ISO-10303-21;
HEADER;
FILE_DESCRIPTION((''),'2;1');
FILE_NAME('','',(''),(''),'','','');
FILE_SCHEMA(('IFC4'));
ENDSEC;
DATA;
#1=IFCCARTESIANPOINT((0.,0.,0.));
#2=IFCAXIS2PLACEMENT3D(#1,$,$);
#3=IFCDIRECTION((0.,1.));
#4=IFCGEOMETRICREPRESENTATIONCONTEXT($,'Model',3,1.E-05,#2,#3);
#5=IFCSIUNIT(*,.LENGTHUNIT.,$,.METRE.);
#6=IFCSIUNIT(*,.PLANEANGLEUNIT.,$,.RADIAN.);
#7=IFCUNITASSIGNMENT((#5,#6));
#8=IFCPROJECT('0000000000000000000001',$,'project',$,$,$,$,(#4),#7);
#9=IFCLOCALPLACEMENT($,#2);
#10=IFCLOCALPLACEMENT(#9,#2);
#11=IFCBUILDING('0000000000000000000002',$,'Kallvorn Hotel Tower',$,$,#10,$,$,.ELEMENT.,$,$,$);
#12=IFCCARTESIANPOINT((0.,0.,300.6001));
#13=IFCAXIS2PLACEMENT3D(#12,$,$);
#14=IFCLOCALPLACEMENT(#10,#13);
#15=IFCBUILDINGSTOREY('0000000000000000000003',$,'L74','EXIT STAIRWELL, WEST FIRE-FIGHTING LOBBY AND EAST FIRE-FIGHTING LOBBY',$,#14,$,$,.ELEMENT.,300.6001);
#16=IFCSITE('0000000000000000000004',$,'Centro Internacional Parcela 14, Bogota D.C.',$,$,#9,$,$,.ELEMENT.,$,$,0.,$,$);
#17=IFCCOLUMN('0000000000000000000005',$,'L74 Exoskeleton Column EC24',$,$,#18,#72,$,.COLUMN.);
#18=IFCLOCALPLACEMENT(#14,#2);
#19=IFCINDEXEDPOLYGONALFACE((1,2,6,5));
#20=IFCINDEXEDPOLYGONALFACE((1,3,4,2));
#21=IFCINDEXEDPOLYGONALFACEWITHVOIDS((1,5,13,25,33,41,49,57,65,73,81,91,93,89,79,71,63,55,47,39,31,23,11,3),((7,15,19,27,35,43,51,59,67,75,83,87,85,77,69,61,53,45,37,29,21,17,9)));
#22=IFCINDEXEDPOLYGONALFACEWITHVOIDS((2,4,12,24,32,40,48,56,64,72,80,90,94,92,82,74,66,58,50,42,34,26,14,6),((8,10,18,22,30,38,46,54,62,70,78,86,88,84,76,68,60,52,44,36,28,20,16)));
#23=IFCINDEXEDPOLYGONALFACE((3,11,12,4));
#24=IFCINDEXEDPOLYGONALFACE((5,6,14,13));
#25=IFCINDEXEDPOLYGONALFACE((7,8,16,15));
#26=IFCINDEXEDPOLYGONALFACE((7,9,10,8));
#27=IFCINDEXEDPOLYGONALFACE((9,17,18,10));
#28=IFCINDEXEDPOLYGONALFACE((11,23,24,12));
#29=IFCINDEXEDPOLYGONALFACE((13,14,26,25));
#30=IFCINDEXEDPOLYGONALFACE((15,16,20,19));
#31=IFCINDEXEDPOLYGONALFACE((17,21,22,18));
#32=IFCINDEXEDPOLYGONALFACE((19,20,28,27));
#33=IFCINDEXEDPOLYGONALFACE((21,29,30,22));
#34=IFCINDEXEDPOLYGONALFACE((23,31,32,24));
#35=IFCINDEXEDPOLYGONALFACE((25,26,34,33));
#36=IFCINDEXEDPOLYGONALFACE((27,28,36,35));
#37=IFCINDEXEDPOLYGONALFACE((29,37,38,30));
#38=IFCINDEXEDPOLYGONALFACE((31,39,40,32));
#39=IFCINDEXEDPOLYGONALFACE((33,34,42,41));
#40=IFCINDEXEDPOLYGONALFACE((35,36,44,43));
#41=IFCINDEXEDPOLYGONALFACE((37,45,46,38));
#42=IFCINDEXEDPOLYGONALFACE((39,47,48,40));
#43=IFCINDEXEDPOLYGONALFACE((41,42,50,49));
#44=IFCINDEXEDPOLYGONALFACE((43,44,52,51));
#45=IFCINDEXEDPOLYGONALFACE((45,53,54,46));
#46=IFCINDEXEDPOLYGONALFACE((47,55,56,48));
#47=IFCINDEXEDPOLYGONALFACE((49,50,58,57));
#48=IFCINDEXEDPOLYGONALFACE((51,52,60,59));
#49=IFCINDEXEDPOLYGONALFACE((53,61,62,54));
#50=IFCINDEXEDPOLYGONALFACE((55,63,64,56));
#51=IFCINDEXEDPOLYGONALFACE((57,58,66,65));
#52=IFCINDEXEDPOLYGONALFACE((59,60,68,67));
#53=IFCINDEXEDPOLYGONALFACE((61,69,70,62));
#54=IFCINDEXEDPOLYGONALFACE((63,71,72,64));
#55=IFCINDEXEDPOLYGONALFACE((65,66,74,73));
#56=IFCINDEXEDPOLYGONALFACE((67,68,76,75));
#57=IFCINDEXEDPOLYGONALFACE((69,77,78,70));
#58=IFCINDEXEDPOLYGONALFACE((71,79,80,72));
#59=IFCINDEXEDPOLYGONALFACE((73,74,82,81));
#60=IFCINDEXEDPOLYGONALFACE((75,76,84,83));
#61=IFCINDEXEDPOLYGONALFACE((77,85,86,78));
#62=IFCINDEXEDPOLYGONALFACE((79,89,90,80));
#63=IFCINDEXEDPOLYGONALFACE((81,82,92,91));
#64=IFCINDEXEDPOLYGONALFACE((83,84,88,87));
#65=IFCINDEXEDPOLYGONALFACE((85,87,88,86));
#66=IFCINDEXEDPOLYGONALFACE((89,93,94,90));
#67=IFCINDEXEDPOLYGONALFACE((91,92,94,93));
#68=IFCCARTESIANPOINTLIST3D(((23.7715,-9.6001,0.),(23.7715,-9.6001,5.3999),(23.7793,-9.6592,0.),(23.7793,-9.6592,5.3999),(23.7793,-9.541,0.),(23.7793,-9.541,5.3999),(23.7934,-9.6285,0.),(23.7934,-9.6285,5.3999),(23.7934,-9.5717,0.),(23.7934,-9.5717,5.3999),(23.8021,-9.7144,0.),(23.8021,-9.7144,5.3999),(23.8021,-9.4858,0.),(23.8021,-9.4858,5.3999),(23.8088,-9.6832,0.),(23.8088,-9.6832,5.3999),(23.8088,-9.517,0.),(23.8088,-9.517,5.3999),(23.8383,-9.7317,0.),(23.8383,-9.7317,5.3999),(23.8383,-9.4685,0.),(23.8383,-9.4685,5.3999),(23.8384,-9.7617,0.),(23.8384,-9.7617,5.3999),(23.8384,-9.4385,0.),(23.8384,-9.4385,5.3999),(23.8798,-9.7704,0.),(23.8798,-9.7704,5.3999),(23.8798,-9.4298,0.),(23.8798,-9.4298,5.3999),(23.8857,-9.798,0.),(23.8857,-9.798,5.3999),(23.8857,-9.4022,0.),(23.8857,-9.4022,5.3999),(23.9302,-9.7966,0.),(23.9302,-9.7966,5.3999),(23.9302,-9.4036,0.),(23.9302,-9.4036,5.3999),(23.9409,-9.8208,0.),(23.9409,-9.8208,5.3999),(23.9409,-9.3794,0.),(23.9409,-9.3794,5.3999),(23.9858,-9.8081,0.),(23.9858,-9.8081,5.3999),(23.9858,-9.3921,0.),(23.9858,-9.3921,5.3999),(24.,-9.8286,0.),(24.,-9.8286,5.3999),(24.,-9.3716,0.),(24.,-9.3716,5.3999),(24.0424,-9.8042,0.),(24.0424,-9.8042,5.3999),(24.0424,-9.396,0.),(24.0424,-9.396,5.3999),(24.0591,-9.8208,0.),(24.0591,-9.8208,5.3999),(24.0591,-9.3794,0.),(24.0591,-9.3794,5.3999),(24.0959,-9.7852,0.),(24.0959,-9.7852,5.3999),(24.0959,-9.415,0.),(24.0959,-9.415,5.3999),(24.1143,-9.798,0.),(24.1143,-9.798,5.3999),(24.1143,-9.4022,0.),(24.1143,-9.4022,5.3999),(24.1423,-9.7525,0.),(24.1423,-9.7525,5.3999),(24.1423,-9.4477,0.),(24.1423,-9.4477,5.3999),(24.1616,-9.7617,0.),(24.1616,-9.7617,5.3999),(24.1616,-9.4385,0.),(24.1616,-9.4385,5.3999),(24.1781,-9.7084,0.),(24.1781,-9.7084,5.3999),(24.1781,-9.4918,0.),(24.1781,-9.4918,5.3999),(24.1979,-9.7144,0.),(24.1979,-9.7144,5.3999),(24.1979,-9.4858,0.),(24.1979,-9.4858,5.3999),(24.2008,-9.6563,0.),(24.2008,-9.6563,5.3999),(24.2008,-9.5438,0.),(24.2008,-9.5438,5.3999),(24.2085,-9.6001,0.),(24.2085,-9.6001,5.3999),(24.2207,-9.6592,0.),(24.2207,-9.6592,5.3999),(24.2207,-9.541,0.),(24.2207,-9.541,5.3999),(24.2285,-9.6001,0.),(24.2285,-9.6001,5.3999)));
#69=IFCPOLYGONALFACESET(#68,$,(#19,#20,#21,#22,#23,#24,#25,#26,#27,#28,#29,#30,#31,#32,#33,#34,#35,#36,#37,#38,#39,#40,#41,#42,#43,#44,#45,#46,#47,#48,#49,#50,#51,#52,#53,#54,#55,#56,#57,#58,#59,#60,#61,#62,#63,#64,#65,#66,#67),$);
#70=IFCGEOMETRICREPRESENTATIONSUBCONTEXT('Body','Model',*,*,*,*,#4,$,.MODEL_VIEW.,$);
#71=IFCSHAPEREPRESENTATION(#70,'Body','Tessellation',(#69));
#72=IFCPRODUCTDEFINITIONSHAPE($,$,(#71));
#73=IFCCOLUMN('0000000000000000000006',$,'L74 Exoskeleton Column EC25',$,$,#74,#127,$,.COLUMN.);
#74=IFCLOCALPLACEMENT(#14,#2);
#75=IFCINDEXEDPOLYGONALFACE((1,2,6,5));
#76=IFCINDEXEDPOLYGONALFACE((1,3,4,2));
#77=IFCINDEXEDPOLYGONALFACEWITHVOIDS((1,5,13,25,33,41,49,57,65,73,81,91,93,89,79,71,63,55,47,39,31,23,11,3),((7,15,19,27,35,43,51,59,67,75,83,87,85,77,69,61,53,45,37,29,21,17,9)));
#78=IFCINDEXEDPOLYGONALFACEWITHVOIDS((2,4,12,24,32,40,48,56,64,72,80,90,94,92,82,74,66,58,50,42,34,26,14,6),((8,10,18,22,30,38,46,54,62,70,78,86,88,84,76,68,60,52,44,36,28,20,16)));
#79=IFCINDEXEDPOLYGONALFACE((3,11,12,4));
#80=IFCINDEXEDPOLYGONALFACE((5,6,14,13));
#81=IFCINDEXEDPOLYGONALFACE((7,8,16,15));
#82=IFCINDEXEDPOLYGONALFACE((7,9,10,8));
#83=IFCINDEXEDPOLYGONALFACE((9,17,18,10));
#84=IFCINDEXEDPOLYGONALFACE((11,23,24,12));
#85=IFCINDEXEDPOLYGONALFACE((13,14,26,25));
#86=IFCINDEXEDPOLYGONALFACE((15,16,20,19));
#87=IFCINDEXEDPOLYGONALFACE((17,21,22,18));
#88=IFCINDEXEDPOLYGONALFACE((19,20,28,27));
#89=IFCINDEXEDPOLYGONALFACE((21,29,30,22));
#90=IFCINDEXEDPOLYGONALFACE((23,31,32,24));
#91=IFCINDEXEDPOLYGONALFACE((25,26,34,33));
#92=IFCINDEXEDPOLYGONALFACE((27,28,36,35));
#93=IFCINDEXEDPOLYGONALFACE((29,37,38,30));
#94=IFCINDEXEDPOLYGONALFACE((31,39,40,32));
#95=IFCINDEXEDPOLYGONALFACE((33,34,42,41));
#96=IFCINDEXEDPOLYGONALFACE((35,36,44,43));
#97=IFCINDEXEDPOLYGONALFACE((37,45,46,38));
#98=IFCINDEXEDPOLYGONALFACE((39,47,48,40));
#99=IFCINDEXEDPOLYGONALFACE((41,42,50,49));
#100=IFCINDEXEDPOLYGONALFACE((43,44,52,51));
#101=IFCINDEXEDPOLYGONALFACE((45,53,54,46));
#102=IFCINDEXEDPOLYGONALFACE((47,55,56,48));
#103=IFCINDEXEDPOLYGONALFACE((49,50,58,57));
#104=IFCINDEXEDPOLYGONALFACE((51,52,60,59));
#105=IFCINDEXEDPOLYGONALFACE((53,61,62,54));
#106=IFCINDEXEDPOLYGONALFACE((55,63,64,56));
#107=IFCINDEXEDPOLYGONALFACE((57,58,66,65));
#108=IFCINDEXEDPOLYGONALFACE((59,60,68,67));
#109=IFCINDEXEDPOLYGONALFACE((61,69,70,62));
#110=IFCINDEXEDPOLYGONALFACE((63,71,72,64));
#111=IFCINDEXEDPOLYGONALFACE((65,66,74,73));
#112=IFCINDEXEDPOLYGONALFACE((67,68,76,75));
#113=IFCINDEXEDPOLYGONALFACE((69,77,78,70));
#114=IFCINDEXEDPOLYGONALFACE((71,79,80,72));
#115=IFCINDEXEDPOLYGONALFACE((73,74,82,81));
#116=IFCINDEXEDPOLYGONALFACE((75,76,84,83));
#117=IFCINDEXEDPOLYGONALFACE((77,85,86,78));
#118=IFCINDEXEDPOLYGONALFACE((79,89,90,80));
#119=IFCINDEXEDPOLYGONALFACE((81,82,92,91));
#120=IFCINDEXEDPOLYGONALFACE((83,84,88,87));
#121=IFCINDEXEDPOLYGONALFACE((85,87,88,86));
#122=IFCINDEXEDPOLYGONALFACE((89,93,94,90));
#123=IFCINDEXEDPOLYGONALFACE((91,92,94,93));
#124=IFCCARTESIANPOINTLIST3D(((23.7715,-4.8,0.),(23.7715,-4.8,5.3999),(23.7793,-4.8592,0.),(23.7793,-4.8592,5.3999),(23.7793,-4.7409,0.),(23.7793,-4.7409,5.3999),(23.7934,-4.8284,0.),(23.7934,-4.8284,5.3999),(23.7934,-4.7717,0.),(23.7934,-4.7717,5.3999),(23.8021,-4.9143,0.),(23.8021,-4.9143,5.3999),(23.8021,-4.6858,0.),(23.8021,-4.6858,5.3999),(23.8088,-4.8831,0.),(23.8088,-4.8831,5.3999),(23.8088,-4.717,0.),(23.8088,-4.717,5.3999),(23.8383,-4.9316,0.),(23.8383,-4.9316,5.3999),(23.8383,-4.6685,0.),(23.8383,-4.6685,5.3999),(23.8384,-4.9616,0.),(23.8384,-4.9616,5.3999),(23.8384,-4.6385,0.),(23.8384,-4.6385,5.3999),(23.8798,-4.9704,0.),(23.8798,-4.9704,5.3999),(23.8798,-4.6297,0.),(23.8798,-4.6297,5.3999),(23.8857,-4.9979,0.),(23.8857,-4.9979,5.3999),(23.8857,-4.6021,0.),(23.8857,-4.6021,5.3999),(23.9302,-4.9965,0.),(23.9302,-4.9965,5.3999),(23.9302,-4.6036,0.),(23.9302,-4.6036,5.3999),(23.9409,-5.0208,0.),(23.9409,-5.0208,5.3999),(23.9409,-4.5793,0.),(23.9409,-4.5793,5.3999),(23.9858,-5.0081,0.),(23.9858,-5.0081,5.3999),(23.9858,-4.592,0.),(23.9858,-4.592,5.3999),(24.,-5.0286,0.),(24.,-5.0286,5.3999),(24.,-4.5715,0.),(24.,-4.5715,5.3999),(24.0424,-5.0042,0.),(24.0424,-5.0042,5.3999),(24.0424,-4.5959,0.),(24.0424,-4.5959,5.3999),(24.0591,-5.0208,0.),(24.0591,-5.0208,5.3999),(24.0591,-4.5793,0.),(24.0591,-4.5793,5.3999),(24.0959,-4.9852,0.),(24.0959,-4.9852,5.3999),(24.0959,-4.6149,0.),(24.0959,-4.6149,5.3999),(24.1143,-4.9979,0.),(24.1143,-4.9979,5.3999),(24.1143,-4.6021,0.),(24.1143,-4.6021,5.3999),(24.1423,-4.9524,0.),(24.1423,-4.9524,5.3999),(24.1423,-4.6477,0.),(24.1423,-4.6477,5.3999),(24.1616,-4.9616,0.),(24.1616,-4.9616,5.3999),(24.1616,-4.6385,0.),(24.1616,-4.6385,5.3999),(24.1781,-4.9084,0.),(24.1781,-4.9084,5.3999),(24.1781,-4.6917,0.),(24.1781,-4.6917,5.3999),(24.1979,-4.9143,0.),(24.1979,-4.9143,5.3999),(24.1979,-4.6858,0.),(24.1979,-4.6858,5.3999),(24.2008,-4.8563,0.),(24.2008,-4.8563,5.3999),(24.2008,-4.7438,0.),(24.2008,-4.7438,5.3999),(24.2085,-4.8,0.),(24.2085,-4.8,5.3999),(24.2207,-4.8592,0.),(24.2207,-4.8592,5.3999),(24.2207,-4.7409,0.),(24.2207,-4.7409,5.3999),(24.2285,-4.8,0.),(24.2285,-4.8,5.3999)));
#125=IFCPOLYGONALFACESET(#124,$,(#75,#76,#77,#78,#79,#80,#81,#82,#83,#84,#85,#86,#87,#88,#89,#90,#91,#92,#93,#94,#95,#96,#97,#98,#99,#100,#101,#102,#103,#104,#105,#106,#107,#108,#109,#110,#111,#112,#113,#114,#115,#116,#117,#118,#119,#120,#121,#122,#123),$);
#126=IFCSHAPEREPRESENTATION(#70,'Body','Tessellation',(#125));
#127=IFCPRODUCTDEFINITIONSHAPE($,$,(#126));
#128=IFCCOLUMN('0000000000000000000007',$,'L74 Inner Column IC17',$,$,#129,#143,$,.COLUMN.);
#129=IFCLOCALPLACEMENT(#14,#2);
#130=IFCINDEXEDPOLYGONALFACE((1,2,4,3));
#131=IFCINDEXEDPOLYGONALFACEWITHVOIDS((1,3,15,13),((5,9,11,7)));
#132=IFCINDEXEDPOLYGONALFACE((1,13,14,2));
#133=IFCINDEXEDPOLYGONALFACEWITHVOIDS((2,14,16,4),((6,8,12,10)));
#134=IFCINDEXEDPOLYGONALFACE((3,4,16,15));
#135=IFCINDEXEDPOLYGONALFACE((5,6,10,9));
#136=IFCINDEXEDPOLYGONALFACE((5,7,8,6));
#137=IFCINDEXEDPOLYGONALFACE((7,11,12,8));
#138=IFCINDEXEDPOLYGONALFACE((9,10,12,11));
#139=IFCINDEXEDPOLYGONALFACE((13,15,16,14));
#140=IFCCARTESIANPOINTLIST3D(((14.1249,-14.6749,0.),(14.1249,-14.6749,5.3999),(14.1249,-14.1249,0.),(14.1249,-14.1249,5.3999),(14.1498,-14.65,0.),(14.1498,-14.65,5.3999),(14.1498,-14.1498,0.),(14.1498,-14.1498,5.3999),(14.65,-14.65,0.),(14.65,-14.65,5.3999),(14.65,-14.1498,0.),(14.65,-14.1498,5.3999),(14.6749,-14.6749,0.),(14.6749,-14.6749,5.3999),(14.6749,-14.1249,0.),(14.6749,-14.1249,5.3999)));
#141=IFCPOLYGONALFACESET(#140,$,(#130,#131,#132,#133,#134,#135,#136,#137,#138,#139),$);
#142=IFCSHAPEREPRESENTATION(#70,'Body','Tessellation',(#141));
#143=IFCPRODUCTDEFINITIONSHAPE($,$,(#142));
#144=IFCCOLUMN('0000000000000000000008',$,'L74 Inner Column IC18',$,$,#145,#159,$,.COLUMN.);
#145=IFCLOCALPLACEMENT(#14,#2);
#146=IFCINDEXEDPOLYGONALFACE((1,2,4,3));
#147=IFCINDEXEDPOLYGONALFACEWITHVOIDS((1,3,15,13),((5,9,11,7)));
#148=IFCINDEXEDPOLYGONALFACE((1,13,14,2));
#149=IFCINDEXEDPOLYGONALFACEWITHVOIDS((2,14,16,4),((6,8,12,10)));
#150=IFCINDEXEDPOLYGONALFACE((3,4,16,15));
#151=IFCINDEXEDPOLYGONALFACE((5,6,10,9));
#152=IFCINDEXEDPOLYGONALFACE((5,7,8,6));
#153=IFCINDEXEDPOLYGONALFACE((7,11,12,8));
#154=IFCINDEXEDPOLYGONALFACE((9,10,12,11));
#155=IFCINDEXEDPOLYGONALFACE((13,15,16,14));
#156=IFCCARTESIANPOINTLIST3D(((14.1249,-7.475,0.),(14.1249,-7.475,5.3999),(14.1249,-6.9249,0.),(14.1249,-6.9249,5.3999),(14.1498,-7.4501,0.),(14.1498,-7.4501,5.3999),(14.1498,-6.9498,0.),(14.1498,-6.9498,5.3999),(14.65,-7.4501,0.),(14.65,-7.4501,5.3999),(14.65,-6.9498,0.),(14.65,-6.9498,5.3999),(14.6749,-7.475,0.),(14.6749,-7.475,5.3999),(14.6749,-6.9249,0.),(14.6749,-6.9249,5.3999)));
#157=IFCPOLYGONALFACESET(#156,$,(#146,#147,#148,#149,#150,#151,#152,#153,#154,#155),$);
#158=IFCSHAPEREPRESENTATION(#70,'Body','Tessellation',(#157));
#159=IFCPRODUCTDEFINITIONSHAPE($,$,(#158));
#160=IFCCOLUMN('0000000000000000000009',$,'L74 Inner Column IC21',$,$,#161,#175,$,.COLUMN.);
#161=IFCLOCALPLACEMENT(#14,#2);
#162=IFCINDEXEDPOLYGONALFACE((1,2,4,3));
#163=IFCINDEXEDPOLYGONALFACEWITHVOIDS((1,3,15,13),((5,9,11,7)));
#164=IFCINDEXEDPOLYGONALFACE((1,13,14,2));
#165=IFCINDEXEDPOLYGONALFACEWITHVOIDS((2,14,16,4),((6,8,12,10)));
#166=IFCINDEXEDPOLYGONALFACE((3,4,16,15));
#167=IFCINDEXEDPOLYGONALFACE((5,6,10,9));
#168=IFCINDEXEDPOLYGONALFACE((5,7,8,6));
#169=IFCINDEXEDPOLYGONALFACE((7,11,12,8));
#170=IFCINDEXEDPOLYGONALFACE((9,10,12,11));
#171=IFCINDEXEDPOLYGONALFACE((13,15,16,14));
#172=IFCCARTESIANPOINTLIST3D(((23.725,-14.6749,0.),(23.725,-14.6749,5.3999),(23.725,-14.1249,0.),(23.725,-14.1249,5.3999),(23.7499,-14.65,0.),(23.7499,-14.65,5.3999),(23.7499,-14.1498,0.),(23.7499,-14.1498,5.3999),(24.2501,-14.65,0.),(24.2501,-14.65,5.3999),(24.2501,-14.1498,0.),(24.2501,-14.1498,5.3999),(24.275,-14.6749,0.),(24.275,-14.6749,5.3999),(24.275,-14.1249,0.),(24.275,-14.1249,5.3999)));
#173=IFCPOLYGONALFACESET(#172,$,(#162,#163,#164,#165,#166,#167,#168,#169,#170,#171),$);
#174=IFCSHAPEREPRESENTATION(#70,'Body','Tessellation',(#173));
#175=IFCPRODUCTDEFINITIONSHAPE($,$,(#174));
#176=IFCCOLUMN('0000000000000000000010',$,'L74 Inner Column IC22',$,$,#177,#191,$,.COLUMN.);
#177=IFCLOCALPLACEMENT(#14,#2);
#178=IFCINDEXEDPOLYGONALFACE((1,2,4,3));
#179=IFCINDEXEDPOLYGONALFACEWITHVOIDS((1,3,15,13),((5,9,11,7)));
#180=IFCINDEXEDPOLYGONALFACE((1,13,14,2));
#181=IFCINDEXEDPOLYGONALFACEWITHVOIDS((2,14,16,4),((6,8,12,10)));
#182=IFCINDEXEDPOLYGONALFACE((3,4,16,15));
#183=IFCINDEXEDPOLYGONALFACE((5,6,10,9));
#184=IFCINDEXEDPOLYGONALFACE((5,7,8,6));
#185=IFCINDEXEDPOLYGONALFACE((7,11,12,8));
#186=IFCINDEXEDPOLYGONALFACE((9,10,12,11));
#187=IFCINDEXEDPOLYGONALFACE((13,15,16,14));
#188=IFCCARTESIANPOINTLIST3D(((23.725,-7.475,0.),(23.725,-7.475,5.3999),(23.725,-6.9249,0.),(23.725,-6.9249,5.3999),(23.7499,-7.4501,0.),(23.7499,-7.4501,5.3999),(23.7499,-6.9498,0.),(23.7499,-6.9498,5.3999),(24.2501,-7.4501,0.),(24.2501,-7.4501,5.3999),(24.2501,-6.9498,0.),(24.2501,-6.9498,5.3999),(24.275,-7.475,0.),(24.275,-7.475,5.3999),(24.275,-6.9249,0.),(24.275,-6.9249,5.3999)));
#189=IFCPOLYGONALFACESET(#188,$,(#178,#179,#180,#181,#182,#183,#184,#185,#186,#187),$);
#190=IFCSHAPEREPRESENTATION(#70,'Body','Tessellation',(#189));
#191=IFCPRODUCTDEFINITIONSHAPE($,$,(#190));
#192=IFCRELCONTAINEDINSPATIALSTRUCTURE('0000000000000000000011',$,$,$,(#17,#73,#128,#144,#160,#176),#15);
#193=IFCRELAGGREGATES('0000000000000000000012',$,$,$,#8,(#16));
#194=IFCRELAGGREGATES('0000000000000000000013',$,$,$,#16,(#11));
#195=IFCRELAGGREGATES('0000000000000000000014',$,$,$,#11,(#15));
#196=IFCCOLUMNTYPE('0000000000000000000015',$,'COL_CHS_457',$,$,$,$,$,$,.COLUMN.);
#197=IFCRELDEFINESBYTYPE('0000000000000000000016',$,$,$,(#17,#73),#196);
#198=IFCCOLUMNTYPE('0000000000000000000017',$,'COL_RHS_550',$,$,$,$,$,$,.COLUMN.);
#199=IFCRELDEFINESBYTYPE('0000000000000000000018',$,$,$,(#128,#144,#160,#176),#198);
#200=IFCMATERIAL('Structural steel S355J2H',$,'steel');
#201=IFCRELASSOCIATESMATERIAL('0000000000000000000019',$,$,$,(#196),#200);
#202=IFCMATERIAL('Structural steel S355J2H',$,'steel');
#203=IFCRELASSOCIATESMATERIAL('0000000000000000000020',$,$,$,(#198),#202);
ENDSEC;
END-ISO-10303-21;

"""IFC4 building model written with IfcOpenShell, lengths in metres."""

from ifc_helpers import new_model, si_unit, direction, frame, origin, origin_2d, place, context, subcontext, project, spatial, hollow_rectangle, hollow_circle, extrude, material, material_profile, profile_set, type_object, element, save


model = new_model("IFC4")

# Units and contexts
model_context = context("Model", 3, precision=1e-05, world=origin(), true_north=direction((0.0, 1.0)))
body_context = subcontext(model_context, "Body", "Model", "MODEL_VIEW")
ifc_project = project(units=[si_unit("LENGTHUNIT", "METRE"), si_unit("PLANEANGLEUNIT", "RADIAN")], contexts=[model_context])

# Site, building, storey
site_placement = place(None, origin())
site = spatial("IfcSite", under=ifc_project, at=site_placement, Name="Centro Internacional Parcela 14, Bogota D.C.", CompositionType="ELEMENT", RefElevation=0.0)
building_placement = place(site_placement, origin())
building = spatial("IfcBuilding", under=site, at=building_placement, Name="Kallvorn Hotel Tower", CompositionType="ELEMENT")
storey_placement = place(building_placement, frame((0.0, 0.0, 300.6001)))
storey = spatial("IfcBuildingStorey", under=building, at=storey_placement, Name="L74", Description="EXIT STAIRWELL, WEST FIRE-FIGHTING LOBBY AND EAST FIRE-FIGHTING LOBBY", CompositionType="ELEMENT", Elevation=300.6001)

# Columns
ifc_material_1 = material(Name="Structural steel S355J2H", Category="steel")
ifc_material_profile_1 = material_profile(ifc_material_1, hollow_circle(Radius=0.2285, WallThickness=0.02, at=origin_2d()), Name="CHS 457x20")
ifc_profile_set_1 = profile_set([ifc_material_profile_1], Name="Structural steel S355J2H")
column_type_1 = type_object("IfcColumnType", Name="COL_CHS_457", PredefinedType="COLUMN", material=ifc_profile_set_1)
for number, where, z_axis, x_axis, name in (
    (1, (24.0, -9.6001, 0.0), (0.0, 0.0, 1.0), (1.0, 0.0, 0.0), "L74 Exoskeleton Column EC24"),
    (2, (24.0, -4.8, 0.0), (0.0, 0.0, 1.0), (1.0, 0.0, 0.0), "L74 Exoskeleton Column EC25"),
):
    element("IfcColumn", number, at=place(storey_placement, frame(where, z_axis=z_axis, x_axis=x_axis)), inside=storey, type_object=column_type_1, Name=name, PredefinedType="COLUMN", context=body_context, shape_type="SweptSolid", body=[
        extrude(hollow_circle(Radius=0.2285, WallThickness=0.02, at=origin_2d()), origin(), (0.0, 0.0, 1.0), 5.3999),
    ])
ifc_material_2 = material(Name="Structural steel S355J2H", Category="steel")
ifc_material_profile_2 = material_profile(ifc_material_2, hollow_rectangle(XDim=0.55, YDim=0.55, WallThickness=0.0249, at=origin_2d()), Name="RHS 550x550x25")
ifc_profile_set_2 = profile_set([ifc_material_profile_2], Name="Structural steel S355J2H")
column_type_2 = type_object("IfcColumnType", Name="COL_RHS_550", PredefinedType="COLUMN", material=ifc_profile_set_2)
for number, where, z_axis, x_axis, name in (
    (3, (14.3999, -14.3999, 0.0), (0.0, 0.0, 1.0), (1.0, 0.0, 0.0), "L74 Inner Column IC17"),
    (4, (14.3999, -7.2, 0.0), (0.0, 0.0, 1.0), (1.0, 0.0, 0.0), "L74 Inner Column IC18"),
    (5, (24.0, -14.3999, 0.0), (0.0, 0.0, 1.0), (1.0, 0.0, 0.0), "L74 Inner Column IC21"),
    (6, (24.0, -7.2, 0.0), (0.0, 0.0, 1.0), (1.0, 0.0, 0.0), "L74 Inner Column IC22"),
):
    element("IfcColumn", number, at=place(storey_placement, frame(where, z_axis=z_axis, x_axis=x_axis)), inside=storey, type_object=column_type_2, Name=name, PredefinedType="COLUMN", context=body_context, shape_type="SweptSolid", body=[
        extrude(hollow_rectangle(XDim=0.55, YDim=0.55, WallThickness=0.0249, at=origin_2d()), origin(), (0.0, 0.0, 1.0), 5.3999),
    ])

save(model, "model.ifc")
